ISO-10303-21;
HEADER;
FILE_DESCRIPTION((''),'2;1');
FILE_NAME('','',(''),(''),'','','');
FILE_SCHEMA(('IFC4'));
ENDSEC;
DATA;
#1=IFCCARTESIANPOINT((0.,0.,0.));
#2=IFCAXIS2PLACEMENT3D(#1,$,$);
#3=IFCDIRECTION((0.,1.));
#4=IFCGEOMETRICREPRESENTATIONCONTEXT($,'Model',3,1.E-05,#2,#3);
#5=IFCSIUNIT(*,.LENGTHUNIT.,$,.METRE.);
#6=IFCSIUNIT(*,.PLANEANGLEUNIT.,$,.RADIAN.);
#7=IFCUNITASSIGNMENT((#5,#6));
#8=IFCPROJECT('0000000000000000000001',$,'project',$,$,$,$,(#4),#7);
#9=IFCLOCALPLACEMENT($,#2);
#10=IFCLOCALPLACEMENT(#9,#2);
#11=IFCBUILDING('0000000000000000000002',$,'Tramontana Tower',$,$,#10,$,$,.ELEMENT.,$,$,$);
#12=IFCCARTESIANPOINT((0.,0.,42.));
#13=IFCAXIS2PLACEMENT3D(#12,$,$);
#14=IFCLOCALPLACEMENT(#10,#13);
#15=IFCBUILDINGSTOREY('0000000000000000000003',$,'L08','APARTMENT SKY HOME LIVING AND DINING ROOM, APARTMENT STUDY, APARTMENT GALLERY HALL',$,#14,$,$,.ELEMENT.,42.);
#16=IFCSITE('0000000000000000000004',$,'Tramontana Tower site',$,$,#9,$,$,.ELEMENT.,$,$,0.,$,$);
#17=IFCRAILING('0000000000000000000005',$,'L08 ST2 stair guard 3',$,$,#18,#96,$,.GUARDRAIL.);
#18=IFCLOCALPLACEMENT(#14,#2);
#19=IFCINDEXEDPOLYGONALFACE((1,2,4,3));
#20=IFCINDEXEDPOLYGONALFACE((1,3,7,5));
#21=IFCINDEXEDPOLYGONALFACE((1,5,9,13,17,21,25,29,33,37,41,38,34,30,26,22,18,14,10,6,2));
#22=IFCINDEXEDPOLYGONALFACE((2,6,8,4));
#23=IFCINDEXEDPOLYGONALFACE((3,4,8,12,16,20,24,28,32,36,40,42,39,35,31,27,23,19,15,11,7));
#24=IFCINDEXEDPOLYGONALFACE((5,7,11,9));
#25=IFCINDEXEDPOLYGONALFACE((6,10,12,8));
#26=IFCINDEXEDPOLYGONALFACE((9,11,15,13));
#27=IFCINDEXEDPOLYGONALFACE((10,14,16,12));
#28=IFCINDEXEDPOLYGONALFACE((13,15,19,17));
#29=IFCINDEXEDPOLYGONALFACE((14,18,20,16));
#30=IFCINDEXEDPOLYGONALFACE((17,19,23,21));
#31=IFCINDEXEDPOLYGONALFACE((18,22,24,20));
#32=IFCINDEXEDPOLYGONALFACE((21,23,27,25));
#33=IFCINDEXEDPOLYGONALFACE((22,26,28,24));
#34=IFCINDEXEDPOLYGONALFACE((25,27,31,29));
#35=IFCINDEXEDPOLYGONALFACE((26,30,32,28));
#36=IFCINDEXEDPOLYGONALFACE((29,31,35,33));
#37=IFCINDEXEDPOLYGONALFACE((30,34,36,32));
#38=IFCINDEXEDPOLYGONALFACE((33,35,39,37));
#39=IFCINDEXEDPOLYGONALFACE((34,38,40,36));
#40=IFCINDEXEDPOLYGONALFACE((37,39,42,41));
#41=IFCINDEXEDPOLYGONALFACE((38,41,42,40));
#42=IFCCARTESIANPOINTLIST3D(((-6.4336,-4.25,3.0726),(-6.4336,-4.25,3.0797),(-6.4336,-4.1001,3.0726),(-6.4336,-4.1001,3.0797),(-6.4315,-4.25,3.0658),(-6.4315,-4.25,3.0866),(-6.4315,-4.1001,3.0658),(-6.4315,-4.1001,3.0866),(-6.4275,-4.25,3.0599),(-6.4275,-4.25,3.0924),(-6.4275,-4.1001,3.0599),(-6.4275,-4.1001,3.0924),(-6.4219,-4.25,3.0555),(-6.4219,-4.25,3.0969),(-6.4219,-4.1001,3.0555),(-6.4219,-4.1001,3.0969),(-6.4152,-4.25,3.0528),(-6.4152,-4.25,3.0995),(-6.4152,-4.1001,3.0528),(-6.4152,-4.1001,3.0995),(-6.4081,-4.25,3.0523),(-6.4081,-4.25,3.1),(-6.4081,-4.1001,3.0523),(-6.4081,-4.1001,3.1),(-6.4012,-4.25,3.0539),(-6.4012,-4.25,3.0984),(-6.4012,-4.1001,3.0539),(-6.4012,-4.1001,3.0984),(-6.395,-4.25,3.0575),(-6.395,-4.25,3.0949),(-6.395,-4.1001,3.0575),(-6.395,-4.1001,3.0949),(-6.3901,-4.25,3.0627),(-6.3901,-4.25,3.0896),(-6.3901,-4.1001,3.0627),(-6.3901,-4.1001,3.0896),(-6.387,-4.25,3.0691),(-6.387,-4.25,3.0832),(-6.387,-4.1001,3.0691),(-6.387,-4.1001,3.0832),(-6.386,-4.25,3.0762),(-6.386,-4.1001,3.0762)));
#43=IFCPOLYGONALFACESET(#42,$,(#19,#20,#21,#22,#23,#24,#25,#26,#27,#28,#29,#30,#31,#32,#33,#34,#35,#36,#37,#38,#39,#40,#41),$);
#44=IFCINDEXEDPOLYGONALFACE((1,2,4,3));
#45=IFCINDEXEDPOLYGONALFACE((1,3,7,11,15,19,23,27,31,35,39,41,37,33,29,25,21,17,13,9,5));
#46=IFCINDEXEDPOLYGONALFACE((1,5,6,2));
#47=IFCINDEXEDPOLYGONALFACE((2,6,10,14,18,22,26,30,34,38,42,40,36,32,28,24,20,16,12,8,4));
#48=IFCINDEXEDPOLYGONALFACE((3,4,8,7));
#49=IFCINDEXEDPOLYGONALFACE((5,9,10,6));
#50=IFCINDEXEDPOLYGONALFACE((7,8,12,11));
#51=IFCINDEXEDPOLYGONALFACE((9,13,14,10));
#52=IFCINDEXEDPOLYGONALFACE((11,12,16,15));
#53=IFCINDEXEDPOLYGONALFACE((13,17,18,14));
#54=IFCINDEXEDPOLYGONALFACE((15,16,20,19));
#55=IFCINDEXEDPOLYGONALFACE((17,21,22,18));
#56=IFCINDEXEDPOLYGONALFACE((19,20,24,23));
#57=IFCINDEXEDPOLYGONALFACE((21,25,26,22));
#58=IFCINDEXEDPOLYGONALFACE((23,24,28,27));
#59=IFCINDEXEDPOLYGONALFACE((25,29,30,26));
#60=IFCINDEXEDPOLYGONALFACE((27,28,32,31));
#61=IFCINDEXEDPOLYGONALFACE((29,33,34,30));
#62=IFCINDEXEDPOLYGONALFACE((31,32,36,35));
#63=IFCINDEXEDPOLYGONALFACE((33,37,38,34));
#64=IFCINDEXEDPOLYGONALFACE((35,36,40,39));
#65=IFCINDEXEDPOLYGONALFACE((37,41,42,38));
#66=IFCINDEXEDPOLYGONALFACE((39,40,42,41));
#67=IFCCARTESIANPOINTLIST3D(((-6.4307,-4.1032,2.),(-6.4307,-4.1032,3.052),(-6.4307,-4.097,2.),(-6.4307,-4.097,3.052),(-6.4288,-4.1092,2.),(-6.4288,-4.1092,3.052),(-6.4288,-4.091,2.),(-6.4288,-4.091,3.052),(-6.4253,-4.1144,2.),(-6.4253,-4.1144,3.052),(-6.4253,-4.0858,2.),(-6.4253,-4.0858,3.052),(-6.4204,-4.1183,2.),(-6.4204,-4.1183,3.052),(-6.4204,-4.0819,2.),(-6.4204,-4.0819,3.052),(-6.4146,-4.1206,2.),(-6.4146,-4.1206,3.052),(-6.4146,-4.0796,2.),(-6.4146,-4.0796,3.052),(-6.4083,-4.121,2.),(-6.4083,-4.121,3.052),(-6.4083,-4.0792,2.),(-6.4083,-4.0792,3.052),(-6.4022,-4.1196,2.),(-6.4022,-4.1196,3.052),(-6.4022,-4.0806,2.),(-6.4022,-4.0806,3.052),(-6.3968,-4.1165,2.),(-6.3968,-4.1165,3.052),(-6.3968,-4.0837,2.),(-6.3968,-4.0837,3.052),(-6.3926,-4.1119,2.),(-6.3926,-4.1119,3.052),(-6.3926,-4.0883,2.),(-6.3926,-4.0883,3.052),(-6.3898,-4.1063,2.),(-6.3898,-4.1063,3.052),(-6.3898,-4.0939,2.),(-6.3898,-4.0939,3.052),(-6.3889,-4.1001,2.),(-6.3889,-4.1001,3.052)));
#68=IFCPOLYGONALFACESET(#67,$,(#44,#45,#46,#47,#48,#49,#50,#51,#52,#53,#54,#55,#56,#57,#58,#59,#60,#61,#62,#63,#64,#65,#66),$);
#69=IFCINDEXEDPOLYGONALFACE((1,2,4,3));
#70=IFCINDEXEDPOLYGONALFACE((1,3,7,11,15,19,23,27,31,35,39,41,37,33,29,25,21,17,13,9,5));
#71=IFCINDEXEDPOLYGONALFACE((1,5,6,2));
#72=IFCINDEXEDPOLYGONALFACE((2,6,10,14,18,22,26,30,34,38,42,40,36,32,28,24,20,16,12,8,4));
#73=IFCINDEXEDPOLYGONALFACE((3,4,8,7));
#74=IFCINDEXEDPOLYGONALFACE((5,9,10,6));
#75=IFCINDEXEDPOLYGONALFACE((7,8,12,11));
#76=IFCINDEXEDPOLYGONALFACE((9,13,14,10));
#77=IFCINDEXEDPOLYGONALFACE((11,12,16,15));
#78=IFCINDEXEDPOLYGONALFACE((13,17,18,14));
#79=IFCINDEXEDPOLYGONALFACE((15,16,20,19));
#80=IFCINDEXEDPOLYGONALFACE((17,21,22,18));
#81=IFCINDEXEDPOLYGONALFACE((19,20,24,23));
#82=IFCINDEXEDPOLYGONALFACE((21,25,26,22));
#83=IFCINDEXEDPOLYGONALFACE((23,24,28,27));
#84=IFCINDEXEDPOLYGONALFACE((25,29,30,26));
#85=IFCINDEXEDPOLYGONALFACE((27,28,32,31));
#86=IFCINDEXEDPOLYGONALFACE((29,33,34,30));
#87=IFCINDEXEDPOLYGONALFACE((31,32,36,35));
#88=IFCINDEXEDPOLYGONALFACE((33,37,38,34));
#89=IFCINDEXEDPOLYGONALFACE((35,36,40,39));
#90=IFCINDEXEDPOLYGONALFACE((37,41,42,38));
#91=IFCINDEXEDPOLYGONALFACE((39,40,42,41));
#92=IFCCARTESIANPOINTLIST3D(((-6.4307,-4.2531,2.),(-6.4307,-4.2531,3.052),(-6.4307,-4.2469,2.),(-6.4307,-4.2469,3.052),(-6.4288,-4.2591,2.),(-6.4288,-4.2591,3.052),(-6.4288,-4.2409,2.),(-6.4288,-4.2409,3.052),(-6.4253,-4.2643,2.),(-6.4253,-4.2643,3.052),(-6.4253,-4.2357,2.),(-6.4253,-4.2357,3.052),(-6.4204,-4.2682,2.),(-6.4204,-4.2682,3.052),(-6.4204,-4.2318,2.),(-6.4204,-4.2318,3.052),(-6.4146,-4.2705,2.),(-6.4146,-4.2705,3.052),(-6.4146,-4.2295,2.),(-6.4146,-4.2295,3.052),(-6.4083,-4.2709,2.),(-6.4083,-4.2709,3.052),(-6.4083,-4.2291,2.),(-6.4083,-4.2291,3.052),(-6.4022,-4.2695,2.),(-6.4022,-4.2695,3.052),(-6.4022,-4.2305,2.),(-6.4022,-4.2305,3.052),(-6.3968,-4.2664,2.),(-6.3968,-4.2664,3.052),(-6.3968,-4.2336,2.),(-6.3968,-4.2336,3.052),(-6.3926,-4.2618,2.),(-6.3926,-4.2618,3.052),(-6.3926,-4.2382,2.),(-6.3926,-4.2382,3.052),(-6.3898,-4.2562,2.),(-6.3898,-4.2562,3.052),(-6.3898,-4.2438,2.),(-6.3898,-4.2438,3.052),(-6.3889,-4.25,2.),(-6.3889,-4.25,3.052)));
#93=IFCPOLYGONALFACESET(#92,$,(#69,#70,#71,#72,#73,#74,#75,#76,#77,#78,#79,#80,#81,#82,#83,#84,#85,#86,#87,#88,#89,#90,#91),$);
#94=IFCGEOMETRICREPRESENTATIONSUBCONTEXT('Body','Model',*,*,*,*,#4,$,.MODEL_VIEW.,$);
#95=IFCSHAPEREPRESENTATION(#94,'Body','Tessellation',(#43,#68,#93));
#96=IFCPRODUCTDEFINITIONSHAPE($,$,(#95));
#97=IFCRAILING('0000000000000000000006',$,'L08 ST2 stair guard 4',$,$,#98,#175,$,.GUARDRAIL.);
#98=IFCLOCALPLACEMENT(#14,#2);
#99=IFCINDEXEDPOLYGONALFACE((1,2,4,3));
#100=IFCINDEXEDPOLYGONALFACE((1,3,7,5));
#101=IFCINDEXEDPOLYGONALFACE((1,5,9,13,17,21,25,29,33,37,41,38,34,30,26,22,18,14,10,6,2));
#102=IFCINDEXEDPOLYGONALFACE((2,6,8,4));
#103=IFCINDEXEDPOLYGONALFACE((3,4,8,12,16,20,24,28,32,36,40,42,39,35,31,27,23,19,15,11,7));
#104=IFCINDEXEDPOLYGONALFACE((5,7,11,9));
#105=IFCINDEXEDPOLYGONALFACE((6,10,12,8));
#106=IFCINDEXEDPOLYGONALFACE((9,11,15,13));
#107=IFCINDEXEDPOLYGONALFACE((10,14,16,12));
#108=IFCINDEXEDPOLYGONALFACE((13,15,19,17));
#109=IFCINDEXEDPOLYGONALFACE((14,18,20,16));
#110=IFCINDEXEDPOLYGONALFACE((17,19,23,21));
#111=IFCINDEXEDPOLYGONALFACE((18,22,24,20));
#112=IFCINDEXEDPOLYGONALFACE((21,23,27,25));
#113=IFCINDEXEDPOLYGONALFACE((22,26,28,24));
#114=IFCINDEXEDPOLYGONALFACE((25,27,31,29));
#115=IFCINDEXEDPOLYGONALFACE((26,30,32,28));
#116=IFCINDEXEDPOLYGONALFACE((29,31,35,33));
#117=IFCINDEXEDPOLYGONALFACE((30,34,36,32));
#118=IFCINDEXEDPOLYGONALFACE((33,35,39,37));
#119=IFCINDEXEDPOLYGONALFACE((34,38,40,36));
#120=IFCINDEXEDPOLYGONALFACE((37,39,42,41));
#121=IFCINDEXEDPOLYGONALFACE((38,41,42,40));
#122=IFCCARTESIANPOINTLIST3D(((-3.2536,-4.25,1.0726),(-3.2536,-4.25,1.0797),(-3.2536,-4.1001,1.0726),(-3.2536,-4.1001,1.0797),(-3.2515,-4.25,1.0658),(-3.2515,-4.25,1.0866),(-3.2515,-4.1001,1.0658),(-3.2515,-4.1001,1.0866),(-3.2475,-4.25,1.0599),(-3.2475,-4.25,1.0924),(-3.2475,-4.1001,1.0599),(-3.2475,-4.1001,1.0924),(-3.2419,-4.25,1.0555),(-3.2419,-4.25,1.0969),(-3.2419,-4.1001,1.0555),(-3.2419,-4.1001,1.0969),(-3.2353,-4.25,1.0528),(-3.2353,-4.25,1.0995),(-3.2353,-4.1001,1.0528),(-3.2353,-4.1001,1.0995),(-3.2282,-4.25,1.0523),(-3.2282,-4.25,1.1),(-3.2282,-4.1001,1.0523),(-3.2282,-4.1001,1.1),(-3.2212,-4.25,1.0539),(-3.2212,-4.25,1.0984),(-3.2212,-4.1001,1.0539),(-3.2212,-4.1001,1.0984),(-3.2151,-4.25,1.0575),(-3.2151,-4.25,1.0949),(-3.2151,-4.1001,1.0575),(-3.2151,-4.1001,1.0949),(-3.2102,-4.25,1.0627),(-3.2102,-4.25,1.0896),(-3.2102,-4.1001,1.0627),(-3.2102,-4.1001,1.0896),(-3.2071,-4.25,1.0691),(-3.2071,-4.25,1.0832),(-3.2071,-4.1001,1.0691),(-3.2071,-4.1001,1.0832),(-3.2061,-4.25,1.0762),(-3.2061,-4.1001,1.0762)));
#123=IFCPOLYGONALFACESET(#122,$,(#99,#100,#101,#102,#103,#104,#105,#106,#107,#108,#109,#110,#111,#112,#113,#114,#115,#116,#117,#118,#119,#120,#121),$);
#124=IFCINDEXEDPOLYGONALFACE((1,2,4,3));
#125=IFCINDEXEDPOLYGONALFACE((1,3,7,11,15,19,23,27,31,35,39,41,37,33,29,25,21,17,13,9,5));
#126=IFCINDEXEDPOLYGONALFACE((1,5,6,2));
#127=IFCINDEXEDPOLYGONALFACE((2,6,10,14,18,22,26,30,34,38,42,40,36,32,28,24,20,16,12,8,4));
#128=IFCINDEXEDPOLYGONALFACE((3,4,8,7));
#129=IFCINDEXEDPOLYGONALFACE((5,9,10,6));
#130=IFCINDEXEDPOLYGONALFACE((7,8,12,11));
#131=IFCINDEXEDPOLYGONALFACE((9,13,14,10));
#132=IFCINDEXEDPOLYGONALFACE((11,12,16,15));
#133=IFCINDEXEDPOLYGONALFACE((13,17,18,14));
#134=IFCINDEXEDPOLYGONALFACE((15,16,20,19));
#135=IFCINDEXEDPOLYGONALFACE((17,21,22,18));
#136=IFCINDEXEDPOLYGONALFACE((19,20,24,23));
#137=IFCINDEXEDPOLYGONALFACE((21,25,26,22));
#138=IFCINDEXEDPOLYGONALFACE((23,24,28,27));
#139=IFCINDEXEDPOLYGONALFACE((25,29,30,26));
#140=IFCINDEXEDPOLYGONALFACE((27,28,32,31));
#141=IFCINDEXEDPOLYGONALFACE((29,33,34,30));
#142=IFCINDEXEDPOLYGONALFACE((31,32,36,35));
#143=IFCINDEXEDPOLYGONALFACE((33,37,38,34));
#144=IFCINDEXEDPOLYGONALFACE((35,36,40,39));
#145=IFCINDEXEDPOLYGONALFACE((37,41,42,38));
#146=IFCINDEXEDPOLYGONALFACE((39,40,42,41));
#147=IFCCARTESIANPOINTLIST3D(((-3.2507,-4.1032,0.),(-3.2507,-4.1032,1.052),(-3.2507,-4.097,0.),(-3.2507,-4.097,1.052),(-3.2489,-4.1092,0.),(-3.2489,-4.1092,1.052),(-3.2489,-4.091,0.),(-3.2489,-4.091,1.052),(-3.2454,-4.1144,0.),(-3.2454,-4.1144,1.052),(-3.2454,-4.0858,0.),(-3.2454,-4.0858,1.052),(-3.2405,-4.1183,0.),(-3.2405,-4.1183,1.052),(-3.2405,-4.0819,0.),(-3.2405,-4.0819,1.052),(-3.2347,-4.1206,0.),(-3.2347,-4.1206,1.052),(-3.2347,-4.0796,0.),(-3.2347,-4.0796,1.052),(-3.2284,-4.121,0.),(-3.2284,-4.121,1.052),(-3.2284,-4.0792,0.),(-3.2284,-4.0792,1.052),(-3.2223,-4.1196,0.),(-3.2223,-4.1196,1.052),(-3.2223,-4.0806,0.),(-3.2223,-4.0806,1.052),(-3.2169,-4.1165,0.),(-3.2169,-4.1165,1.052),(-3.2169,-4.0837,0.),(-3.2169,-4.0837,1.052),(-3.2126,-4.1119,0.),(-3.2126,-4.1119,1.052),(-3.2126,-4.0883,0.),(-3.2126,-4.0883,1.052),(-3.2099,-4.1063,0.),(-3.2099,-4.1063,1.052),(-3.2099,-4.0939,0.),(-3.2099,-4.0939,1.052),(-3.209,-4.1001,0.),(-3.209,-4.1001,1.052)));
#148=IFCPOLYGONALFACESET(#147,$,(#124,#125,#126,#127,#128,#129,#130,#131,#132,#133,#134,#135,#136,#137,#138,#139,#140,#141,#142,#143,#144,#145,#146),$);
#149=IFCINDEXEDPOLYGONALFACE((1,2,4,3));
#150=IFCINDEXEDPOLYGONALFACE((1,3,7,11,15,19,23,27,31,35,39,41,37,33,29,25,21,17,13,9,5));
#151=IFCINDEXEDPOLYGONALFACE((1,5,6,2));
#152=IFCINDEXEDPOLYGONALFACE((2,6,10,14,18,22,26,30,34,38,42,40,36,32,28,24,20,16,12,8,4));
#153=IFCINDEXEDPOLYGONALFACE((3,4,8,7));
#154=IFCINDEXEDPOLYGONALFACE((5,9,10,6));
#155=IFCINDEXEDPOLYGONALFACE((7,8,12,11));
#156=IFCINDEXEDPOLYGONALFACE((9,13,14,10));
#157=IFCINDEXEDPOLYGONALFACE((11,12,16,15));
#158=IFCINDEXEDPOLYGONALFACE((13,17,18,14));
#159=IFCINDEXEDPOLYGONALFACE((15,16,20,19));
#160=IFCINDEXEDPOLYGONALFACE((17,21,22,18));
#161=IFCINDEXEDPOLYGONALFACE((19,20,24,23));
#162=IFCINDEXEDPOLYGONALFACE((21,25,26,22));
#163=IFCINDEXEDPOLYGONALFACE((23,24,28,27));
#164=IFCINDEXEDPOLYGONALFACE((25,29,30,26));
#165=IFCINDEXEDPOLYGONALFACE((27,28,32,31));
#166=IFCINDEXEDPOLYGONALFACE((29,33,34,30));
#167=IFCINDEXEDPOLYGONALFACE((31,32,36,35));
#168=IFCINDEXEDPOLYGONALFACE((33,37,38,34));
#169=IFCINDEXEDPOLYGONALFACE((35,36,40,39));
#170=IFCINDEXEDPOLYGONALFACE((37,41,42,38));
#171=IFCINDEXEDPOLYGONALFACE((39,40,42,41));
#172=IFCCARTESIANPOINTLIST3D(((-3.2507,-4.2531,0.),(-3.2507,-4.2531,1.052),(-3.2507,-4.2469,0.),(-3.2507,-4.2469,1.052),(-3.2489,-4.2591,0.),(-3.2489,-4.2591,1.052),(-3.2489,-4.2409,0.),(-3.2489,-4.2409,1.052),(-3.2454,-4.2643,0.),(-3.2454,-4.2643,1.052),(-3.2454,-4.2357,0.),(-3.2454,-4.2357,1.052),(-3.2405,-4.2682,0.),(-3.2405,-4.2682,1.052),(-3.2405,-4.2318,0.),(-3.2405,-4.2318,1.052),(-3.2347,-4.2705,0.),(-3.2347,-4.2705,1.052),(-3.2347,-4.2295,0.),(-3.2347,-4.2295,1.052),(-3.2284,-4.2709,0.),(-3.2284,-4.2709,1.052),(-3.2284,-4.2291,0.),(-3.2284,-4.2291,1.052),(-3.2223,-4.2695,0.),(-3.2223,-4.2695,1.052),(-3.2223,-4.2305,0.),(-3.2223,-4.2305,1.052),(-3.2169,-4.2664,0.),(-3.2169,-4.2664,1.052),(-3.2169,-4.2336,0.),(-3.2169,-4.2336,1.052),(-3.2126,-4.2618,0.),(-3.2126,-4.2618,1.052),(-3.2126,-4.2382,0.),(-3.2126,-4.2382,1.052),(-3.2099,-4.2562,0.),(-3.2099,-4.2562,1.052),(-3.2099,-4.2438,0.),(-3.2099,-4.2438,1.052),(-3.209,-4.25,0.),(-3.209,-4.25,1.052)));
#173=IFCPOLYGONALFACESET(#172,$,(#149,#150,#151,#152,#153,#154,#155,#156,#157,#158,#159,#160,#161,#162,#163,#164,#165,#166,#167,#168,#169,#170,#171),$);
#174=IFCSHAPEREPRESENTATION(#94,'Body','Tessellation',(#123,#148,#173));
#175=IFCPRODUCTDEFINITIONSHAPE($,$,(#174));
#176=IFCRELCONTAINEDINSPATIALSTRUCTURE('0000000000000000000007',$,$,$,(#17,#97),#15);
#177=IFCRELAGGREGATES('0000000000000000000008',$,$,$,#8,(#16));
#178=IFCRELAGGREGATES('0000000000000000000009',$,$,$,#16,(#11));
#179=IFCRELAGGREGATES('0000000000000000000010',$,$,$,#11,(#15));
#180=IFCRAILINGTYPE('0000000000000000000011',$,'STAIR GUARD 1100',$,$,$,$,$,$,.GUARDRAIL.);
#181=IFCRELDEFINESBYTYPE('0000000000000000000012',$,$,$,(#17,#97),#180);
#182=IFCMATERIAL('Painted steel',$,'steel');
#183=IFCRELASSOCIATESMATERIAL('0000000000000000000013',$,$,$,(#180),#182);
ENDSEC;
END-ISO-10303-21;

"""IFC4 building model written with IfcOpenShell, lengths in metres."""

from ifc_helpers import new_model, si_unit, direction, frame, origin, origin_2d, place, context, subcontext, project, spatial, circle, extrude, material, type_object, element, save


model = new_model("IFC4")

# Units and contexts
model_context = context("Model", 3, precision=1e-05, world=origin(), true_north=direction((0.0, 1.0)))
body_context = subcontext(model_context, "Body", "Model", "MODEL_VIEW")
ifc_project = project(units=[si_unit("LENGTHUNIT", "METRE"), si_unit("PLANEANGLEUNIT", "RADIAN")], contexts=[model_context])

# Site, building, storey
site_placement = place(None, origin())
site = spatial("IfcSite", under=ifc_project, at=site_placement, Name="Tramontana Tower site", CompositionType="ELEMENT", RefElevation=0.0)
building_placement = place(site_placement, origin())
building = spatial("IfcBuilding", under=site, at=building_placement, Name="Tramontana Tower", CompositionType="ELEMENT")
storey_placement = place(building_placement, frame((0.0, 0.0, 42.0)))
storey = spatial("IfcBuildingStorey", under=building, at=storey_placement, Name="L08", Description="APARTMENT SKY HOME LIVING AND DINING ROOM, APARTMENT STUDY, APARTMENT GALLERY HALL", CompositionType="ELEMENT", Elevation=42.0)

# Railings
ifc_material_1 = material(Name="Painted steel", Category="steel")
railing_type_1 = type_object("IfcRailingType", Name="STAIR GUARD 1100", PredefinedType="GUARDRAIL", material=ifc_material_1)
for number, where, name in (
    (1, (-6.4099, -4.1001, 2.0), "L08 ST2 stair guard 3"),
    (2, (-3.23, -4.1001, 0.0), "L08 ST2 stair guard 4"),
):
    element("IfcRailing", number, at=place(storey_placement, frame(where)), inside=storey, type_object=railing_type_1, Name=name, PredefinedType="GUARDRAIL", context=body_context, shape_type="SweptSolid", body=[
        extrude(circle(Radius=0.0239, at=origin_2d()), frame((0.0, 0.0, 1.0762), z_axis=(0.0, -1.0, 0.0), x_axis=(1.0, 0.0, 0.0)), (0.0, 0.0, 1.0), 0.1499),
        extrude(circle(Radius=0.021, at=origin_2d()), origin(), (0.0, 0.0, 1.0), 1.052),
        extrude(circle(Radius=0.021, at=origin_2d()), frame((0.0, -0.1499, 0.0)), (0.0, 0.0, 1.0), 1.052),
    ])

save(model, "model.ifc")
